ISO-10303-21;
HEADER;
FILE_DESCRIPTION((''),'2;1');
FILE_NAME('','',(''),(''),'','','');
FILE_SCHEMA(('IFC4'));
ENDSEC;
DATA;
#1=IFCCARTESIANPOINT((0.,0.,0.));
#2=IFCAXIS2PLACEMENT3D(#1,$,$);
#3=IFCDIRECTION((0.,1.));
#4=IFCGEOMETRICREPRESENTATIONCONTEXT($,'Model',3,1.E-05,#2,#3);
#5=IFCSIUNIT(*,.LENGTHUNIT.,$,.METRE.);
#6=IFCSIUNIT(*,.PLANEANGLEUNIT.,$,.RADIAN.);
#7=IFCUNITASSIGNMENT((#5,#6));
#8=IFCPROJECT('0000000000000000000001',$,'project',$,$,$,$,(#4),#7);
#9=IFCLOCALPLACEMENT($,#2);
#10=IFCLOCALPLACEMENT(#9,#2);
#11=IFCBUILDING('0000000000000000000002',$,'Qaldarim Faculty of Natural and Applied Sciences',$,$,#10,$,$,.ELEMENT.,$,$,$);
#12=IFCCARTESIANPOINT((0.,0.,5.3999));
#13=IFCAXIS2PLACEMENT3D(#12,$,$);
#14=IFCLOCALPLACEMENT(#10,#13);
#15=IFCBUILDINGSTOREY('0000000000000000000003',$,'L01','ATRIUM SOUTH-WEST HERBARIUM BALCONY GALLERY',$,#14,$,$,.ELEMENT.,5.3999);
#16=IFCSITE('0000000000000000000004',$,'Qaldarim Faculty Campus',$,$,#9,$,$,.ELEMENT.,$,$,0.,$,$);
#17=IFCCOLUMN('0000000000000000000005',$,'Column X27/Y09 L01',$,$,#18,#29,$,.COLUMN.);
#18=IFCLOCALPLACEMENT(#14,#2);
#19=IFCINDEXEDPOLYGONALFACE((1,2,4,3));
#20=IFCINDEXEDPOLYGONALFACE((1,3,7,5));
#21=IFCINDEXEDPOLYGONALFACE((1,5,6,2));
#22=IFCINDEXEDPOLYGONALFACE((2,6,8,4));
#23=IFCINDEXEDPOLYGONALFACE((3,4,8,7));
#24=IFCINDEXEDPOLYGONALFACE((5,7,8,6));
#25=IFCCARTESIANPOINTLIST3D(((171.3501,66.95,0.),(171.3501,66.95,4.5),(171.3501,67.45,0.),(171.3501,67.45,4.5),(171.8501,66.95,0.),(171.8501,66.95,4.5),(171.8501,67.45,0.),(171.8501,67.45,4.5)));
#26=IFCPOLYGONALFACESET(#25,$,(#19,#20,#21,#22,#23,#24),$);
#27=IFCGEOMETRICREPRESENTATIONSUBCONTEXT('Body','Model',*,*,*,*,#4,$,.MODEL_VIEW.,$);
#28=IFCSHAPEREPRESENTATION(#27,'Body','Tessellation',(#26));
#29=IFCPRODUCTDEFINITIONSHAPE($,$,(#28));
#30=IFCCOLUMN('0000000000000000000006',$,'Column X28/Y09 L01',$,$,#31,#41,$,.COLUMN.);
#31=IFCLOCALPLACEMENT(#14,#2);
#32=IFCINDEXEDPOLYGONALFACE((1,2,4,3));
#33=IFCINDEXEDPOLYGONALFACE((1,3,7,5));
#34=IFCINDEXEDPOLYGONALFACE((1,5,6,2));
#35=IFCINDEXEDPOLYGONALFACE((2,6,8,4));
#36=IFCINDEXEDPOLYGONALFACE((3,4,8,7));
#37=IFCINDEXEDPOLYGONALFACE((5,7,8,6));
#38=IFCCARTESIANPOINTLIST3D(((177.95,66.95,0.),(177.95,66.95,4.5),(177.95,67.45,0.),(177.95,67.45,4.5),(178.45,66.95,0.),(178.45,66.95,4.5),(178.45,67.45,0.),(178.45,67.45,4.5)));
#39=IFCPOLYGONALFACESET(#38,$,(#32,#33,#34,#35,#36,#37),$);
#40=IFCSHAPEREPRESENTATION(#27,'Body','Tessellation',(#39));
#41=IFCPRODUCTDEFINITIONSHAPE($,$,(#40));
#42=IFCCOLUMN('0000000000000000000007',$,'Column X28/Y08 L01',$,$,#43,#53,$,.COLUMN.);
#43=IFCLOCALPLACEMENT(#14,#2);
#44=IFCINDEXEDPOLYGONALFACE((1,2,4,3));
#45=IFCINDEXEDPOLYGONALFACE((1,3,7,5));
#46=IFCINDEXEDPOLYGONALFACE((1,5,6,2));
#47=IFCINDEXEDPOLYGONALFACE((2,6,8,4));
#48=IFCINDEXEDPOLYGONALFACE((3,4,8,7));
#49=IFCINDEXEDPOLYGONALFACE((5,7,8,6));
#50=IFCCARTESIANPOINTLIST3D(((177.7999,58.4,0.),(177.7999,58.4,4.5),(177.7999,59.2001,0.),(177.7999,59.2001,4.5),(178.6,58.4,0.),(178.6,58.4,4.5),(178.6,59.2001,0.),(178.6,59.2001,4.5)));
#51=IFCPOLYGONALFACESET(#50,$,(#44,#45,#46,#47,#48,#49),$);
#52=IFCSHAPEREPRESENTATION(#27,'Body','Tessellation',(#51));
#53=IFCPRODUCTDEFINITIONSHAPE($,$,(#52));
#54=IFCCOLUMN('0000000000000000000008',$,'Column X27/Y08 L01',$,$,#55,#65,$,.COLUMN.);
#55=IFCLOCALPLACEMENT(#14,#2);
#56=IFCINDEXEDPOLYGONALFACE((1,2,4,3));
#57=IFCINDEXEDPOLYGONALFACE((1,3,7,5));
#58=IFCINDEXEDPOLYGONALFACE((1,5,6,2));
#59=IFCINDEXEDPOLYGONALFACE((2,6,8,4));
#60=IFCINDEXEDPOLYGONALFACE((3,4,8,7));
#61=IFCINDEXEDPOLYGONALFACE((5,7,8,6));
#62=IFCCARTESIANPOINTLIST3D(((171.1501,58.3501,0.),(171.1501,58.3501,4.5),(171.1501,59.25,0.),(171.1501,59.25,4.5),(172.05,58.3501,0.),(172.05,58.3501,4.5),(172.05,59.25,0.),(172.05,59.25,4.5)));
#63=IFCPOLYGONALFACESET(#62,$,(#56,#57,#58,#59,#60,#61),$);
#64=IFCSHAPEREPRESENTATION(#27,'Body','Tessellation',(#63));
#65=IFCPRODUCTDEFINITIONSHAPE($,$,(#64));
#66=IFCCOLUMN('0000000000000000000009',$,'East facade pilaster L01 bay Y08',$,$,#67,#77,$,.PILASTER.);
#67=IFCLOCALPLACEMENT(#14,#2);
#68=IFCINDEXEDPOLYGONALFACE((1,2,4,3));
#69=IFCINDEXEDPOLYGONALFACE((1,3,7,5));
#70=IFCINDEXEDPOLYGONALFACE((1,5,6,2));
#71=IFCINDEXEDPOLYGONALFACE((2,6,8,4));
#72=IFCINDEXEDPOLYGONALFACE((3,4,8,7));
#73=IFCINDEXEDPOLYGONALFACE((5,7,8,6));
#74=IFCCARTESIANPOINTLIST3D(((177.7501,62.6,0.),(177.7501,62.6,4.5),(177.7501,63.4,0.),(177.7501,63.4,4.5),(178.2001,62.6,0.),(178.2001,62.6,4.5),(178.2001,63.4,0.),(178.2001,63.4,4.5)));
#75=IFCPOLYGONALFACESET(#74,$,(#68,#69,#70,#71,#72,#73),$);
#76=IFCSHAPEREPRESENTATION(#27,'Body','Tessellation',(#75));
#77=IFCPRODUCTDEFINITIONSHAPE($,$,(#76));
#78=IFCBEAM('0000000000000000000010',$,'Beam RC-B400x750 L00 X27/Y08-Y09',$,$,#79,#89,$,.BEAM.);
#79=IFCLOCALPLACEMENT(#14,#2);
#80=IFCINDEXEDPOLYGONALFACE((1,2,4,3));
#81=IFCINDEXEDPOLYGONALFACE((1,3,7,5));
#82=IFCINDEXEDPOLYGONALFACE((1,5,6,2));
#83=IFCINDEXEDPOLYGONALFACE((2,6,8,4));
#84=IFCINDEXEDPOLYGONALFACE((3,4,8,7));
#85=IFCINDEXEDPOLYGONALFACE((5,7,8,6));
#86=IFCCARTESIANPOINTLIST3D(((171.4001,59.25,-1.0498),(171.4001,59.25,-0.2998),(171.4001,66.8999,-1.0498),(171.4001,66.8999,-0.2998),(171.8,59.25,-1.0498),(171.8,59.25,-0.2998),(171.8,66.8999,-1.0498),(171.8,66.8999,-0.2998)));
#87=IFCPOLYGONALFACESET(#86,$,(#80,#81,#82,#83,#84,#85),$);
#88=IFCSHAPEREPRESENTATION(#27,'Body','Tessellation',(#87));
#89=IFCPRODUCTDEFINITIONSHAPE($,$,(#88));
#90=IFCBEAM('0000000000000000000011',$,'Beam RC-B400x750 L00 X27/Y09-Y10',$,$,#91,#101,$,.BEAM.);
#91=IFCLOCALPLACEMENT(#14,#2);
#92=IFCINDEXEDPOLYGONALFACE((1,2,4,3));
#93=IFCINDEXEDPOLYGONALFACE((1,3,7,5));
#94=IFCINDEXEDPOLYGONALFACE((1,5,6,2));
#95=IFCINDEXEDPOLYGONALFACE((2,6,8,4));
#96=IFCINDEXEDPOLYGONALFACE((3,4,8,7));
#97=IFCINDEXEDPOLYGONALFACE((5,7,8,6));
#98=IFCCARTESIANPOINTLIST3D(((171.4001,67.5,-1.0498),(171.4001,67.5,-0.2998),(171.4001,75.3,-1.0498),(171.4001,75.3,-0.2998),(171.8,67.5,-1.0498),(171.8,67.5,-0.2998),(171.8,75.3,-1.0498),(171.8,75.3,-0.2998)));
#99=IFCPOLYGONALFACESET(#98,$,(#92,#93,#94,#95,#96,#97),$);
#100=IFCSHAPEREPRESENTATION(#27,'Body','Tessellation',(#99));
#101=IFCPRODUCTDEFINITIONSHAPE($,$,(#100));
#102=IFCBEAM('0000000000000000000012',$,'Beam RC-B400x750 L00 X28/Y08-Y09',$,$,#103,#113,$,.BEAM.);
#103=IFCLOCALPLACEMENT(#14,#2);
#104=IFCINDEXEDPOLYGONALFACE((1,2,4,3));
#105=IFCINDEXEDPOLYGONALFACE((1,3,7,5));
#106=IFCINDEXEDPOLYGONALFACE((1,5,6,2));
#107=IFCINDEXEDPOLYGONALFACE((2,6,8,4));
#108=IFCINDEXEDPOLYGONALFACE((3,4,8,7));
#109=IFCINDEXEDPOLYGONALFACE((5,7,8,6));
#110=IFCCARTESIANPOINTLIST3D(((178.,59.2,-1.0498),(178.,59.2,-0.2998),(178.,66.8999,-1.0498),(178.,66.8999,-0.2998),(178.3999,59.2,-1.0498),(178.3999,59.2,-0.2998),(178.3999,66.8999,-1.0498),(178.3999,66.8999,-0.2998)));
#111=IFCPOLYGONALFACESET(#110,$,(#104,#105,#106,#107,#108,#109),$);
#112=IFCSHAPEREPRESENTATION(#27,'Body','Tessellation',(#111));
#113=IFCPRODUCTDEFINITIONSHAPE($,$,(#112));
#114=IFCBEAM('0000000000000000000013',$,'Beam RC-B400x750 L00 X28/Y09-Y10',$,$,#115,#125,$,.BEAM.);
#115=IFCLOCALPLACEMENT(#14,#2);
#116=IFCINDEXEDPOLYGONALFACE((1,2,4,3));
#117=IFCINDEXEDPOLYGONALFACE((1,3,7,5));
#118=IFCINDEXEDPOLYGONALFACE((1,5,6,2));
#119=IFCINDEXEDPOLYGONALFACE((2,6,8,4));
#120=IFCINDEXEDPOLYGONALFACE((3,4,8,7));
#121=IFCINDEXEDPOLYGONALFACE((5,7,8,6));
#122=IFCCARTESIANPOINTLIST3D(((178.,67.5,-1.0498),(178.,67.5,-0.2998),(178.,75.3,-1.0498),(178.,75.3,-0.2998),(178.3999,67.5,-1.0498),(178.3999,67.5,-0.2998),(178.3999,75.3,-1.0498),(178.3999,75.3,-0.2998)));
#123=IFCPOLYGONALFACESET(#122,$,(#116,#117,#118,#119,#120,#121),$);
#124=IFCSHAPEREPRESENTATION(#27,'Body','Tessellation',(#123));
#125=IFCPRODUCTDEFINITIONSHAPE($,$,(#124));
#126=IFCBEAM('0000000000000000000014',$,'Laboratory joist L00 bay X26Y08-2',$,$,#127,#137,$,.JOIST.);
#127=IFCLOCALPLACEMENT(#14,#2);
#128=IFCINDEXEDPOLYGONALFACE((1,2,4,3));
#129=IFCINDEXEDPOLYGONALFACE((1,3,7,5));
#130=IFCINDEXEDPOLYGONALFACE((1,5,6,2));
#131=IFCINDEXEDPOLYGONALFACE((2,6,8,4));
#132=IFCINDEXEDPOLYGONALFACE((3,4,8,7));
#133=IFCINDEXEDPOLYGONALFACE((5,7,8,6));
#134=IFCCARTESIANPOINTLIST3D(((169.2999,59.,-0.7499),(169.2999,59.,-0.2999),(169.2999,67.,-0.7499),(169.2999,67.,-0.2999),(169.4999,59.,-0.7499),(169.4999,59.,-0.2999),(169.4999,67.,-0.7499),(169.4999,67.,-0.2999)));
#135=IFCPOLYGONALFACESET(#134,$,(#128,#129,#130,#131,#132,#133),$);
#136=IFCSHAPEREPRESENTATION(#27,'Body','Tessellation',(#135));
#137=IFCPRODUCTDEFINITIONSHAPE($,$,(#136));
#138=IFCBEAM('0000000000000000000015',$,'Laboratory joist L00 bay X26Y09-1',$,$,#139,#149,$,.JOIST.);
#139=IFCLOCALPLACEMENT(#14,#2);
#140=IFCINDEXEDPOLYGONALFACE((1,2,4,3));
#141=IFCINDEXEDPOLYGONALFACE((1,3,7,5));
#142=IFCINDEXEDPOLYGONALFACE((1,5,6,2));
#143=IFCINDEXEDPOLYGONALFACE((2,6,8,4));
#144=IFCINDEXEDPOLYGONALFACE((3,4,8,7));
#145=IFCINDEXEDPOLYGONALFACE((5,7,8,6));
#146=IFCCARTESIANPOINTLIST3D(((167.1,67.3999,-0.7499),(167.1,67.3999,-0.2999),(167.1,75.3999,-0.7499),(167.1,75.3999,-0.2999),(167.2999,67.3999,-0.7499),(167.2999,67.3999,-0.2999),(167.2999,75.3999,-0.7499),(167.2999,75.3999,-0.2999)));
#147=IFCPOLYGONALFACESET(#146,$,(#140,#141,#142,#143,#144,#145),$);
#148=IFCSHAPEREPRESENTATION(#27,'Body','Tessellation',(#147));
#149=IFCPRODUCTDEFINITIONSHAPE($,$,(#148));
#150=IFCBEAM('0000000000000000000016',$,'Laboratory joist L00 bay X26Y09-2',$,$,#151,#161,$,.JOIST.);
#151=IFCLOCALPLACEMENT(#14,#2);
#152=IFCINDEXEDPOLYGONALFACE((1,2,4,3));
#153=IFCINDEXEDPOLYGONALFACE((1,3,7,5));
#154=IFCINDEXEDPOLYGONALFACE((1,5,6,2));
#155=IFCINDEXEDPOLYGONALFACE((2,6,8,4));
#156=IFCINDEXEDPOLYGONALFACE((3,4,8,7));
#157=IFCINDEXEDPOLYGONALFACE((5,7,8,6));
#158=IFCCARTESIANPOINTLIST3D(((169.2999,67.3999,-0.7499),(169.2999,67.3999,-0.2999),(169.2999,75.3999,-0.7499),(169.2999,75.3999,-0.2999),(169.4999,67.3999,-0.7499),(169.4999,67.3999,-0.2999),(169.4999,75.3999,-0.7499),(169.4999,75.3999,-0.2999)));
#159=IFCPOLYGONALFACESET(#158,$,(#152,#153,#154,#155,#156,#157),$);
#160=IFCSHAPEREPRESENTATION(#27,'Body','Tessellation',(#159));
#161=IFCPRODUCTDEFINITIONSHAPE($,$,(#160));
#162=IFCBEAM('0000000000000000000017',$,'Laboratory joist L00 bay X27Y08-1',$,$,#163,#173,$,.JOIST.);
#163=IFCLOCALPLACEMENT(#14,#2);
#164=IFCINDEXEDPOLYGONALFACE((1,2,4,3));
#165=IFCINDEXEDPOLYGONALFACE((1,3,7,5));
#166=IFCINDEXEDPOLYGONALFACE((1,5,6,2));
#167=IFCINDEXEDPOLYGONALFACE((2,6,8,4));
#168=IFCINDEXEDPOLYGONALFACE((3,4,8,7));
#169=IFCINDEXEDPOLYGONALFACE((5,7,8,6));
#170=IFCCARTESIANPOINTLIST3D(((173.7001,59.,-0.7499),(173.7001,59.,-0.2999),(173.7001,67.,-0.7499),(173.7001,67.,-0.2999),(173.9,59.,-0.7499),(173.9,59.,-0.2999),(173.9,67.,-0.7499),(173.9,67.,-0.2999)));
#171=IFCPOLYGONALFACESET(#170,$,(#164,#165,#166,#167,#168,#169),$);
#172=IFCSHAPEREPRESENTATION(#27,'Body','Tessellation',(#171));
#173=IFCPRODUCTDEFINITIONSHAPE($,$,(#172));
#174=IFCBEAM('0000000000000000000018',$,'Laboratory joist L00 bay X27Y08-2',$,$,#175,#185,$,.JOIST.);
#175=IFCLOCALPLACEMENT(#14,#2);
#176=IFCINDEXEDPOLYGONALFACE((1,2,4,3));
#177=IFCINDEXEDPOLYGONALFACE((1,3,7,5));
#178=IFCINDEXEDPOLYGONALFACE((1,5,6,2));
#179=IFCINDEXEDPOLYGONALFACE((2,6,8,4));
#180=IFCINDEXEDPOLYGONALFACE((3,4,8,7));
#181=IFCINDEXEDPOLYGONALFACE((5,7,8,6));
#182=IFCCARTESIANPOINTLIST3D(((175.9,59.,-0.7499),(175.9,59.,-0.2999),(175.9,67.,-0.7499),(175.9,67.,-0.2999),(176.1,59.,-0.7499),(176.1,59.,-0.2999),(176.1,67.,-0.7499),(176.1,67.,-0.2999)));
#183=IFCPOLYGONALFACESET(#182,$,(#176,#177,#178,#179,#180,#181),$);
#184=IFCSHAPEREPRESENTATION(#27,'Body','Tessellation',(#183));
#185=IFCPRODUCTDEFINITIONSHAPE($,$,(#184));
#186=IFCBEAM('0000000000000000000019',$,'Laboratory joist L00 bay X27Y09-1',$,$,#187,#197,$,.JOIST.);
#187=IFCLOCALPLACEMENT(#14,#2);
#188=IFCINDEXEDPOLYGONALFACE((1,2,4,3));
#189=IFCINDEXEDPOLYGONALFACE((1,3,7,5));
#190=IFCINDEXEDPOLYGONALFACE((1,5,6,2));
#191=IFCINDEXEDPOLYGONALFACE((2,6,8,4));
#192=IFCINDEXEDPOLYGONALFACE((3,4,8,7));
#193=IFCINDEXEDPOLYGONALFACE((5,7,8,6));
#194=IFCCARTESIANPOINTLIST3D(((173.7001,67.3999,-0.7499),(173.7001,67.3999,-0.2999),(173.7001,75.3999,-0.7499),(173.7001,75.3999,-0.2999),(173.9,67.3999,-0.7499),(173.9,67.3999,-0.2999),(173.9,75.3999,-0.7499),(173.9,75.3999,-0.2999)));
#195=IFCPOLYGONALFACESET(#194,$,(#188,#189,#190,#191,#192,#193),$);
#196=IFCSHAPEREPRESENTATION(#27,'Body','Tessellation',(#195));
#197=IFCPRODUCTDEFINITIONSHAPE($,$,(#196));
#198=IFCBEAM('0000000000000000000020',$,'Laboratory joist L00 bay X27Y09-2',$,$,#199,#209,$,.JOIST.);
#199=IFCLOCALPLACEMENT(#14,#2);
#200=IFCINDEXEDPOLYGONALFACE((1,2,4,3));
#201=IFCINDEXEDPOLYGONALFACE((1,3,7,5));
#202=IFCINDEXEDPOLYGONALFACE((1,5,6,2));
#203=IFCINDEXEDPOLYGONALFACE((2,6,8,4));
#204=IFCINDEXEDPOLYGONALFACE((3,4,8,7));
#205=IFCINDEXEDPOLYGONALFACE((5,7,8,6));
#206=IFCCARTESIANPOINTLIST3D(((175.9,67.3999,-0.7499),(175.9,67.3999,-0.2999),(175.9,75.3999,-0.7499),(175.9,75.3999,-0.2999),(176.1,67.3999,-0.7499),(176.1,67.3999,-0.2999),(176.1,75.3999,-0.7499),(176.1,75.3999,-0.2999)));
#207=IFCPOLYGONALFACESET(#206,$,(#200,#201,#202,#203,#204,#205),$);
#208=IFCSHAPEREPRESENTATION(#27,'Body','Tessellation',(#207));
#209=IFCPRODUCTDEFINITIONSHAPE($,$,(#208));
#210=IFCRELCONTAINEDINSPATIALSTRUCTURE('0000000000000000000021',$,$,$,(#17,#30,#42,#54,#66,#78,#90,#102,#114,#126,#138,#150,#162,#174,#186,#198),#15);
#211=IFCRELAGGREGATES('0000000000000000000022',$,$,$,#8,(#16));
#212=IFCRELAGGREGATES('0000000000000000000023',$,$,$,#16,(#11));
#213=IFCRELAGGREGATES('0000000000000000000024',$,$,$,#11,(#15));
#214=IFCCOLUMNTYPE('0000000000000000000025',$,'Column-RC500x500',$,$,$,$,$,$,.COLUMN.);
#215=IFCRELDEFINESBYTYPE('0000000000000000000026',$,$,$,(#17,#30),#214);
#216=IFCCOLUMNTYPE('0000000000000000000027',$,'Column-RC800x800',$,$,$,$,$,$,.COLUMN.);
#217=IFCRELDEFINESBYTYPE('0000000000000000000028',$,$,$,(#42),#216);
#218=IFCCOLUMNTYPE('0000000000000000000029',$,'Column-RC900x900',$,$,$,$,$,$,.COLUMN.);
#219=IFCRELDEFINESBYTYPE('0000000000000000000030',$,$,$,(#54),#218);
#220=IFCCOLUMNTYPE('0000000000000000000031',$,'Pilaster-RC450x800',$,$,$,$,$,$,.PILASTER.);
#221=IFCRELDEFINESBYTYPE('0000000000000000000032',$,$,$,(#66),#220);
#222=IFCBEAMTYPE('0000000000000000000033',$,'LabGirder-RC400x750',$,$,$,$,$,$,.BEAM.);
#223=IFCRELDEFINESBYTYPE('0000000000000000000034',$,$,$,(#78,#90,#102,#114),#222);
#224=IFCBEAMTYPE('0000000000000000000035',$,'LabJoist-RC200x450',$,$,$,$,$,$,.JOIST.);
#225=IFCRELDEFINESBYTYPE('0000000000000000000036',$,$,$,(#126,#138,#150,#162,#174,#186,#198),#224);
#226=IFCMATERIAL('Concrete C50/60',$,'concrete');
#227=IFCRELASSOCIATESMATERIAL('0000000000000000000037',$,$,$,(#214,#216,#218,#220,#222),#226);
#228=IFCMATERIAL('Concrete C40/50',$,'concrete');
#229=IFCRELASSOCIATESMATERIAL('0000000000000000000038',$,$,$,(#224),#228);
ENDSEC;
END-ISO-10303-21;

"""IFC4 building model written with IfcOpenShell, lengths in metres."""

from ifc_helpers import new_model, si_unit, direction, frame, origin, origin_2d, place, context, subcontext, project, spatial, rectangle, extrude, material, material_profile, profile_set, type_object, element, save


model = new_model("IFC4")

# Units and contexts
model_context = context("Model", 3, precision=1e-05, world=origin(), true_north=direction((0.0, 1.0)))
body_context = subcontext(model_context, "Body", "Model", "MODEL_VIEW")
ifc_project = project(units=[si_unit("LENGTHUNIT", "METRE"), si_unit("PLANEANGLEUNIT", "RADIAN")], contexts=[model_context])

# Site, building, storey
site_placement = place(None, origin())
site = spatial("IfcSite", under=ifc_project, at=site_placement, Name="Qaldarim Faculty Campus", CompositionType="ELEMENT", RefElevation=0.0)
building_placement = place(site_placement, origin())
building = spatial("IfcBuilding", under=site, at=building_placement, Name="Qaldarim Faculty of Natural and Applied Sciences", CompositionType="ELEMENT")
storey_placement = place(building_placement, frame((0.0, 0.0, 5.3999)))
storey = spatial("IfcBuildingStorey", under=building, at=storey_placement, Name="L01", Description="ATRIUM SOUTH-WEST HERBARIUM BALCONY GALLERY", CompositionType="ELEMENT", Elevation=5.3999)

# Columns
ifc_material_1 = material(Name="Concrete C50/60", Category="concrete")
ifc_material_profile_1 = material_profile(ifc_material_1, rectangle(XDim=0.5, YDim=0.5, at=origin_2d()), Name="RC-C500x500")
ifc_profile_set_1 = profile_set([ifc_material_profile_1], Name="Concrete C50/60")
column_type_1 = type_object("IfcColumnType", Name="Column-RC500x500", PredefinedType="COLUMN", material=ifc_profile_set_1)
for number, where, z_axis, x_axis, name in (
    (1, (171.6001, 67.2, 0.0), (0.0, 0.0, 1.0), (1.0, 0.0, 0.0), "Column X27/Y09 L01"),
    (2, (178.2, 67.2, 0.0), (0.0, 0.0, 1.0), (1.0, 0.0, 0.0), "Column X28/Y09 L01"),
):
    element("IfcColumn", number, at=place(storey_placement, frame(where, z_axis=z_axis, x_axis=x_axis)), inside=storey, type_object=column_type_1, Name=name, PredefinedType="COLUMN", context=body_context, shape_type="SweptSolid", body=[
        extrude(rectangle(XDim=0.5, YDim=0.5, at=origin_2d()), origin(), (0.0, 0.0, 1.0), 4.5),
    ])
ifc_material_profile_2 = material_profile(ifc_material_1, rectangle(XDim=0.8, YDim=0.8, at=origin_2d()), Name="RC-C800x800")
ifc_profile_set_2 = profile_set([ifc_material_profile_2], Name="Concrete C50/60")
column_type_2 = type_object("IfcColumnType", Name="Column-RC800x800", PredefinedType="COLUMN", material=ifc_profile_set_2)
column_1_placement = place(storey_placement, frame((178.2, 58.8, 0.0), z_axis=(0.0, 0.0, 1.0), x_axis=(1.0, 0.0, 0.0)))
element("IfcColumn", 3, at=column_1_placement, inside=storey, type_object=column_type_2, Name="Column X28/Y08 L01", PredefinedType="COLUMN", context=body_context, shape_type="SweptSolid", body=[
    extrude(rectangle(XDim=0.8, YDim=0.8, at=origin_2d()), origin(), (0.0, 0.0, 1.0), 4.5),
])
ifc_material_profile_3 = material_profile(ifc_material_1, rectangle(XDim=0.8999, YDim=0.8999, at=origin_2d()), Name="RC-C900x900")
ifc_profile_set_3 = profile_set([ifc_material_profile_3], Name="Concrete C50/60")
column_type_3 = type_object("IfcColumnType", Name="Column-RC900x900", PredefinedType="COLUMN", material=ifc_profile_set_3)
column_2_placement = place(storey_placement, frame((171.6001, 58.8, 0.0), z_axis=(0.0, 0.0, 1.0), x_axis=(1.0, 0.0, 0.0)))
element("IfcColumn", 4, at=column_2_placement, inside=storey, type_object=column_type_3, Name="Column X27/Y08 L01", PredefinedType="COLUMN", context=body_context, shape_type="SweptSolid", body=[
    extrude(rectangle(XDim=0.8999, YDim=0.8999, at=origin_2d()), origin(), (0.0, 0.0, 1.0), 4.5),
])
ifc_material_profile_4 = material_profile(ifc_material_1, rectangle(XDim=0.45, YDim=0.8, at=origin_2d()), Name="RC-C450x800")
ifc_profile_set_4 = profile_set([ifc_material_profile_4], Name="Concrete C50/60")
column_type_4 = type_object("IfcColumnType", Name="Pilaster-RC450x800", PredefinedType="PILASTER", material=ifc_profile_set_4)
column_3_placement = place(storey_placement, frame((177.9751, 63.0, 0.0), z_axis=(0.0, 0.0, 1.0), x_axis=(1.0, 0.0, 0.0)))
element("IfcColumn", 5, at=column_3_placement, inside=storey, type_object=column_type_4, Name="East facade pilaster L01 bay Y08", PredefinedType="PILASTER", context=body_context, shape_type="SweptSolid", body=[
    extrude(rectangle(XDim=0.45, YDim=0.8, at=origin_2d()), origin(), (0.0, 0.0, 1.0), 4.5),
])

# Beams
ifc_material_profile_5 = material_profile(ifc_material_1, rectangle(XDim=0.3999, YDim=0.75, at=origin_2d()), Name="RC-B400x750")
ifc_profile_set_5 = profile_set([ifc_material_profile_5], Name="Concrete C50/60")
beam_type_1 = type_object("IfcBeamType", Name="LabGirder-RC400x750", PredefinedType="BEAM", material=ifc_profile_set_5)
beam_1_placement = place(storey_placement, frame((171.6001, 59.25, -0.6748), z_axis=(0.0, 1.0, 0.0), x_axis=(-1.0, 0.0, 0.0)))
element("IfcBeam", 6, at=beam_1_placement, inside=storey, type_object=beam_type_1, Name="Beam RC-B400x750 L00 X27/Y08-Y09", PredefinedType="BEAM", context=body_context, shape_type="SweptSolid", body=[
    extrude(rectangle(XDim=0.3999, YDim=0.75, at=origin_2d()), origin(), (0.0, 0.0, 1.0), 7.6499),
])
beam_2_placement = place(storey_placement, frame((171.6001, 67.5, -0.6748), z_axis=(0.0, 1.0, 0.0), x_axis=(-1.0, 0.0, 0.0)))
element("IfcBeam", 7, at=beam_2_placement, inside=storey, type_object=beam_type_1, Name="Beam RC-B400x750 L00 X27/Y09-Y10", PredefinedType="BEAM", context=body_context, shape_type="SweptSolid", body=[
    extrude(rectangle(XDim=0.3999, YDim=0.75, at=origin_2d()), origin(), (0.0, 0.0, 1.0), 7.8),
])
beam_3_placement = place(storey_placement, frame((178.2, 59.2, -0.6748), z_axis=(0.0, 1.0, 0.0), x_axis=(-1.0, 0.0, 0.0)))
element("IfcBeam", 8, at=beam_3_placement, inside=storey, type_object=beam_type_1, Name="Beam RC-B400x750 L00 X28/Y08-Y09", PredefinedType="BEAM", context=body_context, shape_type="SweptSolid", body=[
    extrude(rectangle(XDim=0.3999, YDim=0.75, at=origin_2d()), origin(), (0.0, 0.0, 1.0), 7.7),
])
beam_4_placement = place(storey_placement, frame((178.2, 67.5, -0.6748), z_axis=(0.0, 1.0, 0.0), x_axis=(-1.0, 0.0, 0.0)))
element("IfcBeam", 9, at=beam_4_placement, inside=storey, type_object=beam_type_1, Name="Beam RC-B400x750 L00 X28/Y09-Y10", PredefinedType="BEAM", context=body_context, shape_type="SweptSolid", body=[
    extrude(rectangle(XDim=0.3999, YDim=0.75, at=origin_2d()), origin(), (0.0, 0.0, 1.0), 7.8),
])
ifc_material_2 = material(Name="Concrete C40/50", Category="concrete")
ifc_material_profile_6 = material_profile(ifc_material_2, rectangle(XDim=0.2, YDim=0.45, at=origin_2d()), Name="RC-J200x450")
ifc_profile_set_6 = profile_set([ifc_material_profile_6], Name="Concrete C40/50")
beam_type_2 = type_object("IfcBeamType", Name="LabJoist-RC200x450", PredefinedType="JOIST", material=ifc_profile_set_6)
for number, where, z_axis, x_axis, name in (
    (10, (169.3999, 59.0, -0.5249), (0.0, 1.0, 0.0), (-1.0, 0.0, 0.0), "Laboratory joist L00 bay X26Y08-2"),
    (11, (167.2, 67.3999, -0.5249), (0.0, 1.0, 0.0), (-1.0, 0.0, 0.0), "Laboratory joist L00 bay X26Y09-1"),
    (12, (169.3999, 67.3999, -0.5249), (0.0, 1.0, 0.0), (-1.0, 0.0, 0.0), "Laboratory joist L00 bay X26Y09-2"),
    (13, (173.8, 59.0, -0.5249), (0.0, 1.0, 0.0), (-1.0, 0.0, 0.0), "Laboratory joist L00 bay X27Y08-1"),
    (14, (176.0, 59.0, -0.5249), (0.0, 1.0, 0.0), (-1.0, 0.0, 0.0), "Laboratory joist L00 bay X27Y08-2"),
    (15, (173.8, 67.3999, -0.5249), (0.0, 1.0, 0.0), (-1.0, 0.0, 0.0), "Laboratory joist L00 bay X27Y09-1"),
    (16, (176.0, 67.3999, -0.5249), (0.0, 1.0, 0.0), (-1.0, 0.0, 0.0), "Laboratory joist L00 bay X27Y09-2"),
):
    element("IfcBeam", number, at=place(storey_placement, frame(where, z_axis=z_axis, x_axis=x_axis)), inside=storey, type_object=beam_type_2, Name=name, PredefinedType="JOIST", context=body_context, shape_type="SweptSolid", body=[
        extrude(rectangle(XDim=0.2, YDim=0.45, at=origin_2d()), origin(), (0.0, 0.0, 1.0), 8.0),
    ])

save(model, "model.ifc")
